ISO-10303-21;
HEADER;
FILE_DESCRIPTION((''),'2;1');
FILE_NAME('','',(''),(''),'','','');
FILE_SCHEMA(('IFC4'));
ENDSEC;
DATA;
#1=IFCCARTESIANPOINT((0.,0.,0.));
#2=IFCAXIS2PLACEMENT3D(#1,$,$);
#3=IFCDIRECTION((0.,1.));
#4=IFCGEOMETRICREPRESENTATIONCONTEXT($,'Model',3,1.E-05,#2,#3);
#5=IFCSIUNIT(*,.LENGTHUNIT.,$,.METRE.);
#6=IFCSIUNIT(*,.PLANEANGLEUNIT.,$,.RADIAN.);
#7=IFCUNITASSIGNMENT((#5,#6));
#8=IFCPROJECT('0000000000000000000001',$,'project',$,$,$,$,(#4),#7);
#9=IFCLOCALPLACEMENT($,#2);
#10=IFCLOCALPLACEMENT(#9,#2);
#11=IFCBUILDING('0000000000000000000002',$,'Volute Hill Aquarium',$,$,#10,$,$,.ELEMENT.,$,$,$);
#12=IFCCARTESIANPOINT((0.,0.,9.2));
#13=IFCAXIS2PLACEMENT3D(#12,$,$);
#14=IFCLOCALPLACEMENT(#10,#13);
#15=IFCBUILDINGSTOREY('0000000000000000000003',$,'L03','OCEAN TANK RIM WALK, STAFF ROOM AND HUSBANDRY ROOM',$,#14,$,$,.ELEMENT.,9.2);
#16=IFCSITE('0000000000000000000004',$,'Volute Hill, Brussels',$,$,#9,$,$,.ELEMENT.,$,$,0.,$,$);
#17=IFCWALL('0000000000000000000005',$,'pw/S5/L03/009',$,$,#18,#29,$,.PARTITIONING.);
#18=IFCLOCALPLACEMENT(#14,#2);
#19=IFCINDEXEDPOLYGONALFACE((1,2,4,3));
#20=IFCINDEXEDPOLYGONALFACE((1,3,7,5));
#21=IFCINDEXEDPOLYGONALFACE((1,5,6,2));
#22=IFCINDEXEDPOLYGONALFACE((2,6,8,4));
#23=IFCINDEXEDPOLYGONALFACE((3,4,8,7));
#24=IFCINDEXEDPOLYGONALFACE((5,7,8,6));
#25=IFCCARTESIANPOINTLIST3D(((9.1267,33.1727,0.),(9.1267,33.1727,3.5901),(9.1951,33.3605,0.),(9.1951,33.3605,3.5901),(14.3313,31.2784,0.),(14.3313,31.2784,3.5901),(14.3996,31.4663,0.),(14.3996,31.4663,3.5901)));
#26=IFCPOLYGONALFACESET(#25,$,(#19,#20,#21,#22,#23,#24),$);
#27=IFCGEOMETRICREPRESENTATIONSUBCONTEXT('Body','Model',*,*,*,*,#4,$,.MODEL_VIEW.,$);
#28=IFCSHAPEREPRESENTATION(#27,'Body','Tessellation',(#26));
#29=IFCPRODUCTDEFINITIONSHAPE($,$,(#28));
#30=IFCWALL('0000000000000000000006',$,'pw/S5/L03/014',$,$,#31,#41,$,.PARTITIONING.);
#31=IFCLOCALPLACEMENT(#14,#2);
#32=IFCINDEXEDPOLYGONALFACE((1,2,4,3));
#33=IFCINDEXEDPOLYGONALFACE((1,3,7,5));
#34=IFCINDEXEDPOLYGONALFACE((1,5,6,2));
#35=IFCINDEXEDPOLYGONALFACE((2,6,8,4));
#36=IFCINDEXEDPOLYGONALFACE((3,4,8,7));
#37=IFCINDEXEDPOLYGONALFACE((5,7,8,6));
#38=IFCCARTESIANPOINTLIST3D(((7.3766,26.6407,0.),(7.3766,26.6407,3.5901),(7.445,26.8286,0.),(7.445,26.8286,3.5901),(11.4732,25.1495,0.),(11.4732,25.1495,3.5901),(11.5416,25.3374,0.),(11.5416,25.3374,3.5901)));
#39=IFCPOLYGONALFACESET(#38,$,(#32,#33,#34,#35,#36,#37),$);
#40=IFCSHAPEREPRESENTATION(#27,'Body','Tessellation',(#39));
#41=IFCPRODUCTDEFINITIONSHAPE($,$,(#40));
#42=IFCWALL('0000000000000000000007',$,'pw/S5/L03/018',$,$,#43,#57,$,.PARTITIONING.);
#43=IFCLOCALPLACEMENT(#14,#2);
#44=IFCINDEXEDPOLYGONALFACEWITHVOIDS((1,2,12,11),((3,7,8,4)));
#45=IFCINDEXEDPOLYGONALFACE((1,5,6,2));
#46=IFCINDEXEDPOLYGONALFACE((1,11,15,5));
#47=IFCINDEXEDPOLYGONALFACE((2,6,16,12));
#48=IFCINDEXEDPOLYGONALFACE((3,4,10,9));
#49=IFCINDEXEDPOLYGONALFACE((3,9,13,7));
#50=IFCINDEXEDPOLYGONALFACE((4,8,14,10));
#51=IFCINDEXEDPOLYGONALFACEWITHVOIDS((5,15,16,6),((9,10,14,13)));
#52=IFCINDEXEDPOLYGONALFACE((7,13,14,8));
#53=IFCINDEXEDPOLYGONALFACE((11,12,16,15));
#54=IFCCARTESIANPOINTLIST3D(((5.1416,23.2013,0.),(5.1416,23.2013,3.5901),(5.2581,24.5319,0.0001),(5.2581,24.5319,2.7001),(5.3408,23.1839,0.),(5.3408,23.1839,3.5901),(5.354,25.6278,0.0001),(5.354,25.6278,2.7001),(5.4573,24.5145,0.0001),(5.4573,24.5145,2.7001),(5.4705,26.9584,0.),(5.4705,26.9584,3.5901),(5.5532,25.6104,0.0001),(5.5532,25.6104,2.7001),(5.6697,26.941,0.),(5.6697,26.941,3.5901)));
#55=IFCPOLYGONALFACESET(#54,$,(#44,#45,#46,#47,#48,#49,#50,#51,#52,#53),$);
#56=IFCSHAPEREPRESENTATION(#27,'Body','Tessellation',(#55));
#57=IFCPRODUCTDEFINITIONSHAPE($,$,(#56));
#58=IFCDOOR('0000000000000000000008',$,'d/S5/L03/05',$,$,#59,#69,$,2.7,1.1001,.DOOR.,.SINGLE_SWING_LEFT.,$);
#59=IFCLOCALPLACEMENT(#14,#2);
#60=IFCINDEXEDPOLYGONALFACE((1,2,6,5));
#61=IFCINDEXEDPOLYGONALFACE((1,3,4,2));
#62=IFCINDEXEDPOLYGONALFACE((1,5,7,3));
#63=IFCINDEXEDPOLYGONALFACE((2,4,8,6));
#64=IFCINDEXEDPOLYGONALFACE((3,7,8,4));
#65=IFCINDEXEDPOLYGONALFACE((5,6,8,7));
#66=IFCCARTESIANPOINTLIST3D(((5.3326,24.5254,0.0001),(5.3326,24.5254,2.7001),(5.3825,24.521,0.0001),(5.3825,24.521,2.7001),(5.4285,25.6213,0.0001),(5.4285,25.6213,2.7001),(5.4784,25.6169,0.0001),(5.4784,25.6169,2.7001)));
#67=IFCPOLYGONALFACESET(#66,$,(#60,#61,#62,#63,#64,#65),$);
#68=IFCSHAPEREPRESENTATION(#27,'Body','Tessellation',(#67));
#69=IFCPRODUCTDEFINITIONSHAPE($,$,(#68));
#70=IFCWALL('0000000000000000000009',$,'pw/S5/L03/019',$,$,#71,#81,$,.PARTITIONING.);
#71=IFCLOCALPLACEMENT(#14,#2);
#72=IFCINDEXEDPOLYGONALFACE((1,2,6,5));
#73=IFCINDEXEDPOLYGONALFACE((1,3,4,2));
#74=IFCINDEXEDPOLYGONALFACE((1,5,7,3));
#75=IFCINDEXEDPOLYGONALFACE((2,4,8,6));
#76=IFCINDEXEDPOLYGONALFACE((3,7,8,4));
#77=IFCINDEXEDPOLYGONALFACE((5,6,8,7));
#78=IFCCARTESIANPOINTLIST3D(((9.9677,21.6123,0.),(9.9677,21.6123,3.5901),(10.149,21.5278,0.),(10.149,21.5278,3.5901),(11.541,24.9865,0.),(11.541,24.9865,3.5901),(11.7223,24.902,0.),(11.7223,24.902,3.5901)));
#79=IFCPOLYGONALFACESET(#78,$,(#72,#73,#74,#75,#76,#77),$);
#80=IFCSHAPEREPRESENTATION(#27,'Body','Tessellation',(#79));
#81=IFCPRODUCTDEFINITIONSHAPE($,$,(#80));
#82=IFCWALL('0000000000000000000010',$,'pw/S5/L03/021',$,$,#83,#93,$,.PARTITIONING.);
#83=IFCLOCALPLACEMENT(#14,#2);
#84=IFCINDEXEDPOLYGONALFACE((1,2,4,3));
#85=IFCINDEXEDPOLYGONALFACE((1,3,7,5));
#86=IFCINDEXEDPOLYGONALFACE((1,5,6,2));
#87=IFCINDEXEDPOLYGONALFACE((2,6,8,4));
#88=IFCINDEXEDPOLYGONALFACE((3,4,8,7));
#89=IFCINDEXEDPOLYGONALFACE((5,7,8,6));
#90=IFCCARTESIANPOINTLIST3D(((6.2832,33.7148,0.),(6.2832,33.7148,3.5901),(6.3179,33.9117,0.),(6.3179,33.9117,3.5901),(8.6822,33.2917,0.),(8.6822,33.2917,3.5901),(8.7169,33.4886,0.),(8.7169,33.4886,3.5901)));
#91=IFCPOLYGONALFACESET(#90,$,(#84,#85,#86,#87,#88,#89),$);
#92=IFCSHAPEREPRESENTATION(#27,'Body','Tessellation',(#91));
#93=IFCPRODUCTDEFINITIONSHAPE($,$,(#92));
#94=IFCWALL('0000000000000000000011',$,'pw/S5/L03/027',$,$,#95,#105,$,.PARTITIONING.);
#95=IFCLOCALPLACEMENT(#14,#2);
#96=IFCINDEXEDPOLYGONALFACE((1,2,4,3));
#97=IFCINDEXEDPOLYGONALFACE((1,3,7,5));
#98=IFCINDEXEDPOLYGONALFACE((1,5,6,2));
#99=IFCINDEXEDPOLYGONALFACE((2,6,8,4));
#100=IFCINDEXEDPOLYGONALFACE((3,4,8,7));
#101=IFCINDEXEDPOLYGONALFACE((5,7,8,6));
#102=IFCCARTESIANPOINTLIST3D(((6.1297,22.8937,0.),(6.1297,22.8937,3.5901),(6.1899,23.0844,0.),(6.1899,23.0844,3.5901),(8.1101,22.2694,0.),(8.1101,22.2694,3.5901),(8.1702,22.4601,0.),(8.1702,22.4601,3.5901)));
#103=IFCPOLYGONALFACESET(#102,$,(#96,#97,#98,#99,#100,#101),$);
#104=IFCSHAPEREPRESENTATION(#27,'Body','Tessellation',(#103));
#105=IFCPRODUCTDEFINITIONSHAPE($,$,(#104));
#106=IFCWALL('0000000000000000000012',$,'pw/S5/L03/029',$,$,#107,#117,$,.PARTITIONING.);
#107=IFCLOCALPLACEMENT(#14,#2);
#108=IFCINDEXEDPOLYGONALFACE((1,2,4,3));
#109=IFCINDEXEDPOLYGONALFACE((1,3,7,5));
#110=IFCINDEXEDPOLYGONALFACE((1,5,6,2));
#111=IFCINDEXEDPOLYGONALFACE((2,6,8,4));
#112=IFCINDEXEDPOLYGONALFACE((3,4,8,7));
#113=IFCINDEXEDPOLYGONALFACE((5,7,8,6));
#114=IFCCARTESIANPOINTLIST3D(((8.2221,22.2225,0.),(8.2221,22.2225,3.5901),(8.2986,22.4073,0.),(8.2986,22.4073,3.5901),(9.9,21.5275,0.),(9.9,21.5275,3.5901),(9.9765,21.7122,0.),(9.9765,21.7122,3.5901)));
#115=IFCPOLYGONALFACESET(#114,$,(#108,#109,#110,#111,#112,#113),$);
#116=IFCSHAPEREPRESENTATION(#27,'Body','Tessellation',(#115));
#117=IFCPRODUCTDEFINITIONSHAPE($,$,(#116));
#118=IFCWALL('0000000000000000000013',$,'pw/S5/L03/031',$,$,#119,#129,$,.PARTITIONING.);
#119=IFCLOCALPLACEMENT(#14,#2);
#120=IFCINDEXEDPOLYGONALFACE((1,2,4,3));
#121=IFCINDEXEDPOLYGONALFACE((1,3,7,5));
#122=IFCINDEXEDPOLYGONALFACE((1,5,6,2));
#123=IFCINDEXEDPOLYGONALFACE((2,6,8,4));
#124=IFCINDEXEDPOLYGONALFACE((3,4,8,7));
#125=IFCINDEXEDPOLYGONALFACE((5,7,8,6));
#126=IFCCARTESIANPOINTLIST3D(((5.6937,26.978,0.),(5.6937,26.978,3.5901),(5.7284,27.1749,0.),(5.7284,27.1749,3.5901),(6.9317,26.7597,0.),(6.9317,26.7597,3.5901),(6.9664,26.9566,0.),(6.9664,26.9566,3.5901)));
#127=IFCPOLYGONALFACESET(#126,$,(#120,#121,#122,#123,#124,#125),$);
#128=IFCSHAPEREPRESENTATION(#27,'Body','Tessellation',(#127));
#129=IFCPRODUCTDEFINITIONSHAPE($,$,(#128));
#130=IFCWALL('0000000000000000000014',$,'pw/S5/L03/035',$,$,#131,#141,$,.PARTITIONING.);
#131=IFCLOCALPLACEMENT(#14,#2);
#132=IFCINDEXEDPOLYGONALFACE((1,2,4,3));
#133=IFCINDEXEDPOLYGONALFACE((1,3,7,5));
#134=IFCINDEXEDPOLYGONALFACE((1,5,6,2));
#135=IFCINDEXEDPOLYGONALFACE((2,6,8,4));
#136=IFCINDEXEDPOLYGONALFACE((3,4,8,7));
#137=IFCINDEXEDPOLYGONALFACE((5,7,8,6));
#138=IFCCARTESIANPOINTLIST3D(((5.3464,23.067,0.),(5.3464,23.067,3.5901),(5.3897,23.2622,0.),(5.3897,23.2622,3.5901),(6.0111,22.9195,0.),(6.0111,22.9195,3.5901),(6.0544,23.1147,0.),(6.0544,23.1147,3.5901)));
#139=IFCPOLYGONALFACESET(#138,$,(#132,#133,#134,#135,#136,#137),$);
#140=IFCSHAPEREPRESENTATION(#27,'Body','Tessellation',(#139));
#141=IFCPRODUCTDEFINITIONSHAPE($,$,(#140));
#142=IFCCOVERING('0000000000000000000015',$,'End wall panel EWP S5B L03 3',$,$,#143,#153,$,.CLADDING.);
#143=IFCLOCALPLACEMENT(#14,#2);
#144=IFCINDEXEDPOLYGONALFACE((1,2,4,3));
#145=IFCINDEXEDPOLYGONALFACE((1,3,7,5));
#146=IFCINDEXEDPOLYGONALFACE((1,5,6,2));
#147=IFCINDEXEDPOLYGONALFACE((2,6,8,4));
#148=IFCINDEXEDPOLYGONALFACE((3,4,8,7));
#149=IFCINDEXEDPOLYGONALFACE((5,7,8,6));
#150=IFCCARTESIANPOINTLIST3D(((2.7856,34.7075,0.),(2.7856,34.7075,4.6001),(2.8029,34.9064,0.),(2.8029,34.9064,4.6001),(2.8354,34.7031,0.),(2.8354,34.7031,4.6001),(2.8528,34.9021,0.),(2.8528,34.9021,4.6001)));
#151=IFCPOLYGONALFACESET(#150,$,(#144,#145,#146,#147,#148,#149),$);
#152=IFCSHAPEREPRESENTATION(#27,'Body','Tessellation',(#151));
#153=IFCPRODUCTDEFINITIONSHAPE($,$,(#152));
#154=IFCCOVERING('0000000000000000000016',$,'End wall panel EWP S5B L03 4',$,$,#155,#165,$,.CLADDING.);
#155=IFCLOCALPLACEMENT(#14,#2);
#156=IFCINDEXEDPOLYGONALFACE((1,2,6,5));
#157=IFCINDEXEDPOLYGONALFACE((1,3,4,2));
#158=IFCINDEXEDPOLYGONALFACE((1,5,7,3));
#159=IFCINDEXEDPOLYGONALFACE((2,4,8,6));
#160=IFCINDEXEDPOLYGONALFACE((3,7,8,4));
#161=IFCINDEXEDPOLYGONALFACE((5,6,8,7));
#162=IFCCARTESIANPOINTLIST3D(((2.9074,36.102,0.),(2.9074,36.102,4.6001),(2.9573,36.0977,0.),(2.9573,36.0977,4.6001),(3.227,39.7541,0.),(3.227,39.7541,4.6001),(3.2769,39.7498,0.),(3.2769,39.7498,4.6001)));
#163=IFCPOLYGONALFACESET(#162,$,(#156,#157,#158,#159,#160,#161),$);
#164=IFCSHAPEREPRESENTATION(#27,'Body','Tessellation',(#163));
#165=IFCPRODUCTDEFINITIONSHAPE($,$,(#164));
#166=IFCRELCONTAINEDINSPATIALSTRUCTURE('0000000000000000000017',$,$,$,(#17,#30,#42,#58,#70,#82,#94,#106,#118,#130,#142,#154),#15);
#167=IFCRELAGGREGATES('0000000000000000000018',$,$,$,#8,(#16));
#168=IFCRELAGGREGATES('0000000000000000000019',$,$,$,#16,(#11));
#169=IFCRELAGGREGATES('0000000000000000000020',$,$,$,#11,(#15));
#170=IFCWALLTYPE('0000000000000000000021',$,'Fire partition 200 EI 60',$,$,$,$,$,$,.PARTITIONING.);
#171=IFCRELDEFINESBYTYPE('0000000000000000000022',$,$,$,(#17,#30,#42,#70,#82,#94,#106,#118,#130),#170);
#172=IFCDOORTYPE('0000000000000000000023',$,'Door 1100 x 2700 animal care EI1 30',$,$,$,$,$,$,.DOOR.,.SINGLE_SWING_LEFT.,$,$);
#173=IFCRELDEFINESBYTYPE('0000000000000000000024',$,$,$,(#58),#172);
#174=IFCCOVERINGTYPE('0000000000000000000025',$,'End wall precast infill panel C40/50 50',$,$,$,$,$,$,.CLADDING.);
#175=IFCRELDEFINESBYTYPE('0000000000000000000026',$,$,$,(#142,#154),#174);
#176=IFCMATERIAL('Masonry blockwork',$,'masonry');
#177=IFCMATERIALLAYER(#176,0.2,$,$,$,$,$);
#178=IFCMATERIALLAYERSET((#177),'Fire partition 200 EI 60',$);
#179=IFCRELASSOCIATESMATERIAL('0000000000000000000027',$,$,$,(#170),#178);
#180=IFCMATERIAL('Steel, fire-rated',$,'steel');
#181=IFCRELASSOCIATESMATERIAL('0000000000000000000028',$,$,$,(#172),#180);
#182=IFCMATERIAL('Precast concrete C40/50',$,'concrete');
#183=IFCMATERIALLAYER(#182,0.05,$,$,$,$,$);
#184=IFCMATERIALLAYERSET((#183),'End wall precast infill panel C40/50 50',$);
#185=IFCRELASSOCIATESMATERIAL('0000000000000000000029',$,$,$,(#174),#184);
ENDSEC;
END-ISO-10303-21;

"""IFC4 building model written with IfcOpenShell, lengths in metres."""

from ifc_helpers import new_model, si_unit, direction, frame, frame_2d, origin, place, context, subcontext, project, spatial, polyline, rectangle, outline, extrude, material, layer, layer_set, type_object, element, fill, save


model = new_model("IFC4")

# Units and contexts
model_context = context("Model", 3, precision=1e-05, world=origin(), true_north=direction((0.0, 1.0)))
body_context = subcontext(model_context, "Body", "Model", "MODEL_VIEW")
ifc_project = project(units=[si_unit("LENGTHUNIT", "METRE"), si_unit("PLANEANGLEUNIT", "RADIAN")], contexts=[model_context])

# Site, building, storey
site_placement = place(None, origin())
site = spatial("IfcSite", under=ifc_project, at=site_placement, Name="Volute Hill, Brussels", CompositionType="ELEMENT", RefElevation=0.0)
building_placement = place(site_placement, origin())
building = spatial("IfcBuilding", under=site, at=building_placement, Name="Volute Hill Aquarium", CompositionType="ELEMENT")
storey_placement = place(building_placement, frame((0.0, 0.0, 9.2)))
storey = spatial("IfcBuildingStorey", under=building, at=storey_placement, Name="L03", Description="OCEAN TANK RIM WALK, STAFF ROOM AND HUSBANDRY ROOM", CompositionType="ELEMENT", Elevation=9.2)

# Shared definitions
ifc_material_1 = material(Name="Masonry blockwork", Category="masonry")
ifc_layer_1 = layer(ifc_material_1, 0.2)
ifc_layer_set_1 = layer_set([ifc_layer_1], Name="Fire partition 200 EI 60")
wall_type_1 = type_object("IfcWallType", Name="Fire partition 200 EI 60", PredefinedType="PARTITIONING", material=ifc_layer_set_1)
ifc_material_2 = material(Name="Steel, fire-rated", Category="steel")
door_type_1 = type_object("IfcDoorType", Name="Door 1100 x 2700 animal care EI1 30", OperationType="SINGLE_SWING_LEFT", PredefinedType="DOOR", material=ifc_material_2)

# Walls
wall_1_placement = place(storey_placement, frame((9.1609, 33.2666, 0.0), z_axis=(0.0, 0.0, 1.0), x_axis=(0.939694, -0.342016, 0.0)))
element("IfcWall", 1, at=wall_1_placement, inside=storey, type_object=wall_type_1, Name="pw/S5/L03/009", PredefinedType="PARTITIONING", context=body_context, shape_type="SweptSolid", body=[
    extrude(rectangle(XDim=5.5386, YDim=0.2, at=frame_2d((2.7693, 0.0))), origin(), (0.0, 0.0, 1.0), 3.5901),
])
wall_2_placement = place(storey_placement, frame((7.4109, 26.7346, 0.0), z_axis=(0.0, 0.0, 1.0), x_axis=(0.939682, -0.342049, 0.0)))
element("IfcWall", 2, at=wall_2_placement, inside=storey, type_object=wall_type_1, Name="pw/S5/L03/014", PredefinedType="PARTITIONING", context=body_context, shape_type="SweptSolid", body=[
    extrude(rectangle(XDim=4.3596, YDim=0.2, at=frame_2d((2.1797, 0.0))), origin(), (0.0, 0.0, 1.0), 3.5901),
])

# Wall, opening, door
wall_3_placement = place(storey_placement, frame((5.5701, 26.9497, 0.0), z_axis=(0.0, 0.0, 1.0), x_axis=(-0.087197, -0.996191, 0.0)))
wall_3 = element("IfcWall", 3, at=wall_3_placement, inside=storey, type_object=wall_type_1, Name="pw/S5/L03/018", PredefinedType="PARTITIONING", context=body_context, shape_type="SweptSolid", body=[
    extrude(rectangle(XDim=3.7715, YDim=0.2, at=frame_2d((1.8857, 0.0))), origin(), (0.0, 0.0, 1.0), 3.5901),
])
opening_1_placement = place(wall_3_placement, frame((1.3357, 0.0, 0.0)))
opening_1 = element("IfcOpeningElement", 4, at=opening_1_placement, cuts=wall_3, PredefinedType="OPENING", context=body_context, shape_type="SweptSolid", body=[
    extrude(rectangle(XDim=1.1001, YDim=2.7, at=frame_2d((0.55, 1.3501))), frame((0.0, 0.1099, 0.0), z_axis=(0.0, -1.0, 0.0), x_axis=(1.0, 0.0, 0.0)), (0.0, 0.0, 1.0), 0.22),
])
door_1_placement = place(opening_1_placement, origin())
door_1 = element("IfcDoor", 5, at=door_1_placement, inside=storey, type_object=door_type_1, Name="d/S5/L03/05", OperationType="SINGLE_SWING_LEFT", OverallHeight=2.7, OverallWidth=1.1001, PredefinedType="DOOR", context=body_context, shape_type="SweptSolid", body=[
    extrude(rectangle(XDim=1.1001, YDim=2.7, at=frame_2d((0.55, 1.3501))), frame((0.0, 0.0249, 0.0), z_axis=(0.0, -1.0, 0.0), x_axis=(1.0, 0.0, 0.0)), (0.0, 0.0, 1.0), 0.05),
])
fill(opening_1, door_1)

# Walls
wall_4_placement = place(storey_placement, frame((11.6316, 24.9441, 0.0), z_axis=(0.0, 0.0, 1.0), x_axis=(-0.422598, -0.906317, 0.0)))
element("IfcWall", 6, at=wall_4_placement, inside=storey, type_object=wall_type_1, Name="pw/S5/L03/019", PredefinedType="PARTITIONING", context=body_context, shape_type="SweptSolid", body=[
    extrude(rectangle(XDim=3.7229, YDim=0.2, at=frame_2d((1.8613, 0.0))), origin(), (0.0, 0.0, 1.0), 3.5901),
])
wall_5_placement = place(storey_placement, frame((6.3005, 33.8132, 0.0), z_axis=(0.0, 0.0, 1.0), x_axis=(0.984801, -0.173688, 0.0)))
element("IfcWall", 7, at=wall_5_placement, inside=storey, type_object=wall_type_1, Name="pw/S5/L03/021", PredefinedType="PARTITIONING", context=body_context, shape_type="SweptSolid", body=[
    extrude(rectangle(XDim=2.436, YDim=0.2, at=frame_2d((1.218, 0.0))), origin(), (0.0, 0.0, 1.0), 3.5901),
])
wall_6_placement = place(storey_placement, frame((6.1599, 22.989, 0.0), z_axis=(0.0, 0.0, 1.0), x_axis=(0.95373, -0.300664, 0.0)))
element("IfcWall", 8, at=wall_6_placement, inside=storey, type_object=wall_type_1, Name="pw/S5/L03/027", PredefinedType="PARTITIONING", context=body_context, shape_type="SweptSolid", body=[
    extrude(rectangle(XDim=2.0764, YDim=0.2, at=frame_2d((1.0381, 0.0))), origin(), (0.0, 0.0, 1.0), 3.5901),
])
wall_7_placement = place(storey_placement, frame((8.2603, 22.3149, 0.0), z_axis=(0.0, 0.0, 1.0), x_axis=(0.923874, -0.382696, 0.0)))
element("IfcWall", 9, at=wall_7_placement, inside=storey, type_object=wall_type_1, Name="pw/S5/L03/029", PredefinedType="PARTITIONING", context=body_context, shape_type="SweptSolid", body=[
    extrude(rectangle(XDim=1.8162, YDim=0.2, at=frame_2d((0.9082, 0.0))), origin(), (0.0, 0.0, 1.0), 3.5901),
])
wall_8_placement = place(storey_placement, frame((5.7112, 27.0764, 0.0), z_axis=(0.0, 0.0, 1.0), x_axis=(0.984813, -0.173619, 0.0)))
element("IfcWall", 10, at=wall_8_placement, inside=storey, type_object=wall_type_1, Name="pw/S5/L03/031", PredefinedType="PARTITIONING", context=body_context, shape_type="SweptSolid", body=[
    extrude(rectangle(XDim=1.2571, YDim=0.2, at=frame_2d((0.6284, 0.0))), origin(), (0.0, 0.0, 1.0), 3.5901),
])
wall_9_placement = place(storey_placement, frame((5.3682, 23.1646, 0.0), z_axis=(0.0, 0.0, 1.0), x_axis=(0.976271, -0.216551, 0.0)))
element("IfcWall", 11, at=wall_9_placement, inside=storey, type_object=wall_type_1, Name="pw/S5/L03/035", PredefinedType="PARTITIONING", context=body_context, shape_type="SweptSolid", body=[
    extrude(rectangle(XDim=0.6809, YDim=0.2, at=frame_2d((0.3403, 0.0))), origin(), (0.0, 0.0, 1.0), 3.5901),
])

# Coverings
ifc_material_3 = material(Name="Precast concrete C40/50", Category="concrete")
ifc_layer_2 = layer(ifc_material_3, 0.05)
ifc_layer_set_2 = layer_set([ifc_layer_2], Name="End wall precast infill panel C40/50 50")
covering_type = type_object("IfcCoveringType", Name="End wall precast infill panel C40/50 50", PredefinedType="CLADDING", material=ifc_layer_set_2)
covering_1_placement = place(storey_placement, frame((2.8354, 34.7031, 0.0), z_axis=(0.996227, -0.086788, 0.0), x_axis=(0.086788, 0.996227, 0.0)))
element("IfcCovering", 12, at=covering_1_placement, inside=storey, type_object=covering_type, Name="End wall panel EWP S5B L03 3", PredefinedType="CLADDING", context=body_context, shape_type="SweptSolid", body=[
    extrude(outline(polyline([(0.0, 0.0), (0.1997, 0.0), (0.1997, 4.6001), (0.0, 4.6001), (0.0, 0.0)])), origin(), (0.0, 0.0, -1.0), 0.05),
])
covering_2_placement = place(storey_placement, frame((2.9573, 36.0977, 0.0), z_axis=(0.996193, -0.087173, 0.0), x_axis=(0.087173, 0.996193, 0.0)))
element("IfcCovering", 13, at=covering_2_placement, inside=storey, type_object=covering_type, Name="End wall panel EWP S5B L03 4", PredefinedType="CLADDING", context=body_context, shape_type="SweptSolid", body=[
    extrude(outline(polyline([(0.0, 0.0), (3.6661, 0.0), (3.6661, 4.6001), (0.0, 4.6001), (0.0, 0.0)])), origin(), (0.0, 0.0, -1.0), 0.05),
])

save(model, "model.ifc")
